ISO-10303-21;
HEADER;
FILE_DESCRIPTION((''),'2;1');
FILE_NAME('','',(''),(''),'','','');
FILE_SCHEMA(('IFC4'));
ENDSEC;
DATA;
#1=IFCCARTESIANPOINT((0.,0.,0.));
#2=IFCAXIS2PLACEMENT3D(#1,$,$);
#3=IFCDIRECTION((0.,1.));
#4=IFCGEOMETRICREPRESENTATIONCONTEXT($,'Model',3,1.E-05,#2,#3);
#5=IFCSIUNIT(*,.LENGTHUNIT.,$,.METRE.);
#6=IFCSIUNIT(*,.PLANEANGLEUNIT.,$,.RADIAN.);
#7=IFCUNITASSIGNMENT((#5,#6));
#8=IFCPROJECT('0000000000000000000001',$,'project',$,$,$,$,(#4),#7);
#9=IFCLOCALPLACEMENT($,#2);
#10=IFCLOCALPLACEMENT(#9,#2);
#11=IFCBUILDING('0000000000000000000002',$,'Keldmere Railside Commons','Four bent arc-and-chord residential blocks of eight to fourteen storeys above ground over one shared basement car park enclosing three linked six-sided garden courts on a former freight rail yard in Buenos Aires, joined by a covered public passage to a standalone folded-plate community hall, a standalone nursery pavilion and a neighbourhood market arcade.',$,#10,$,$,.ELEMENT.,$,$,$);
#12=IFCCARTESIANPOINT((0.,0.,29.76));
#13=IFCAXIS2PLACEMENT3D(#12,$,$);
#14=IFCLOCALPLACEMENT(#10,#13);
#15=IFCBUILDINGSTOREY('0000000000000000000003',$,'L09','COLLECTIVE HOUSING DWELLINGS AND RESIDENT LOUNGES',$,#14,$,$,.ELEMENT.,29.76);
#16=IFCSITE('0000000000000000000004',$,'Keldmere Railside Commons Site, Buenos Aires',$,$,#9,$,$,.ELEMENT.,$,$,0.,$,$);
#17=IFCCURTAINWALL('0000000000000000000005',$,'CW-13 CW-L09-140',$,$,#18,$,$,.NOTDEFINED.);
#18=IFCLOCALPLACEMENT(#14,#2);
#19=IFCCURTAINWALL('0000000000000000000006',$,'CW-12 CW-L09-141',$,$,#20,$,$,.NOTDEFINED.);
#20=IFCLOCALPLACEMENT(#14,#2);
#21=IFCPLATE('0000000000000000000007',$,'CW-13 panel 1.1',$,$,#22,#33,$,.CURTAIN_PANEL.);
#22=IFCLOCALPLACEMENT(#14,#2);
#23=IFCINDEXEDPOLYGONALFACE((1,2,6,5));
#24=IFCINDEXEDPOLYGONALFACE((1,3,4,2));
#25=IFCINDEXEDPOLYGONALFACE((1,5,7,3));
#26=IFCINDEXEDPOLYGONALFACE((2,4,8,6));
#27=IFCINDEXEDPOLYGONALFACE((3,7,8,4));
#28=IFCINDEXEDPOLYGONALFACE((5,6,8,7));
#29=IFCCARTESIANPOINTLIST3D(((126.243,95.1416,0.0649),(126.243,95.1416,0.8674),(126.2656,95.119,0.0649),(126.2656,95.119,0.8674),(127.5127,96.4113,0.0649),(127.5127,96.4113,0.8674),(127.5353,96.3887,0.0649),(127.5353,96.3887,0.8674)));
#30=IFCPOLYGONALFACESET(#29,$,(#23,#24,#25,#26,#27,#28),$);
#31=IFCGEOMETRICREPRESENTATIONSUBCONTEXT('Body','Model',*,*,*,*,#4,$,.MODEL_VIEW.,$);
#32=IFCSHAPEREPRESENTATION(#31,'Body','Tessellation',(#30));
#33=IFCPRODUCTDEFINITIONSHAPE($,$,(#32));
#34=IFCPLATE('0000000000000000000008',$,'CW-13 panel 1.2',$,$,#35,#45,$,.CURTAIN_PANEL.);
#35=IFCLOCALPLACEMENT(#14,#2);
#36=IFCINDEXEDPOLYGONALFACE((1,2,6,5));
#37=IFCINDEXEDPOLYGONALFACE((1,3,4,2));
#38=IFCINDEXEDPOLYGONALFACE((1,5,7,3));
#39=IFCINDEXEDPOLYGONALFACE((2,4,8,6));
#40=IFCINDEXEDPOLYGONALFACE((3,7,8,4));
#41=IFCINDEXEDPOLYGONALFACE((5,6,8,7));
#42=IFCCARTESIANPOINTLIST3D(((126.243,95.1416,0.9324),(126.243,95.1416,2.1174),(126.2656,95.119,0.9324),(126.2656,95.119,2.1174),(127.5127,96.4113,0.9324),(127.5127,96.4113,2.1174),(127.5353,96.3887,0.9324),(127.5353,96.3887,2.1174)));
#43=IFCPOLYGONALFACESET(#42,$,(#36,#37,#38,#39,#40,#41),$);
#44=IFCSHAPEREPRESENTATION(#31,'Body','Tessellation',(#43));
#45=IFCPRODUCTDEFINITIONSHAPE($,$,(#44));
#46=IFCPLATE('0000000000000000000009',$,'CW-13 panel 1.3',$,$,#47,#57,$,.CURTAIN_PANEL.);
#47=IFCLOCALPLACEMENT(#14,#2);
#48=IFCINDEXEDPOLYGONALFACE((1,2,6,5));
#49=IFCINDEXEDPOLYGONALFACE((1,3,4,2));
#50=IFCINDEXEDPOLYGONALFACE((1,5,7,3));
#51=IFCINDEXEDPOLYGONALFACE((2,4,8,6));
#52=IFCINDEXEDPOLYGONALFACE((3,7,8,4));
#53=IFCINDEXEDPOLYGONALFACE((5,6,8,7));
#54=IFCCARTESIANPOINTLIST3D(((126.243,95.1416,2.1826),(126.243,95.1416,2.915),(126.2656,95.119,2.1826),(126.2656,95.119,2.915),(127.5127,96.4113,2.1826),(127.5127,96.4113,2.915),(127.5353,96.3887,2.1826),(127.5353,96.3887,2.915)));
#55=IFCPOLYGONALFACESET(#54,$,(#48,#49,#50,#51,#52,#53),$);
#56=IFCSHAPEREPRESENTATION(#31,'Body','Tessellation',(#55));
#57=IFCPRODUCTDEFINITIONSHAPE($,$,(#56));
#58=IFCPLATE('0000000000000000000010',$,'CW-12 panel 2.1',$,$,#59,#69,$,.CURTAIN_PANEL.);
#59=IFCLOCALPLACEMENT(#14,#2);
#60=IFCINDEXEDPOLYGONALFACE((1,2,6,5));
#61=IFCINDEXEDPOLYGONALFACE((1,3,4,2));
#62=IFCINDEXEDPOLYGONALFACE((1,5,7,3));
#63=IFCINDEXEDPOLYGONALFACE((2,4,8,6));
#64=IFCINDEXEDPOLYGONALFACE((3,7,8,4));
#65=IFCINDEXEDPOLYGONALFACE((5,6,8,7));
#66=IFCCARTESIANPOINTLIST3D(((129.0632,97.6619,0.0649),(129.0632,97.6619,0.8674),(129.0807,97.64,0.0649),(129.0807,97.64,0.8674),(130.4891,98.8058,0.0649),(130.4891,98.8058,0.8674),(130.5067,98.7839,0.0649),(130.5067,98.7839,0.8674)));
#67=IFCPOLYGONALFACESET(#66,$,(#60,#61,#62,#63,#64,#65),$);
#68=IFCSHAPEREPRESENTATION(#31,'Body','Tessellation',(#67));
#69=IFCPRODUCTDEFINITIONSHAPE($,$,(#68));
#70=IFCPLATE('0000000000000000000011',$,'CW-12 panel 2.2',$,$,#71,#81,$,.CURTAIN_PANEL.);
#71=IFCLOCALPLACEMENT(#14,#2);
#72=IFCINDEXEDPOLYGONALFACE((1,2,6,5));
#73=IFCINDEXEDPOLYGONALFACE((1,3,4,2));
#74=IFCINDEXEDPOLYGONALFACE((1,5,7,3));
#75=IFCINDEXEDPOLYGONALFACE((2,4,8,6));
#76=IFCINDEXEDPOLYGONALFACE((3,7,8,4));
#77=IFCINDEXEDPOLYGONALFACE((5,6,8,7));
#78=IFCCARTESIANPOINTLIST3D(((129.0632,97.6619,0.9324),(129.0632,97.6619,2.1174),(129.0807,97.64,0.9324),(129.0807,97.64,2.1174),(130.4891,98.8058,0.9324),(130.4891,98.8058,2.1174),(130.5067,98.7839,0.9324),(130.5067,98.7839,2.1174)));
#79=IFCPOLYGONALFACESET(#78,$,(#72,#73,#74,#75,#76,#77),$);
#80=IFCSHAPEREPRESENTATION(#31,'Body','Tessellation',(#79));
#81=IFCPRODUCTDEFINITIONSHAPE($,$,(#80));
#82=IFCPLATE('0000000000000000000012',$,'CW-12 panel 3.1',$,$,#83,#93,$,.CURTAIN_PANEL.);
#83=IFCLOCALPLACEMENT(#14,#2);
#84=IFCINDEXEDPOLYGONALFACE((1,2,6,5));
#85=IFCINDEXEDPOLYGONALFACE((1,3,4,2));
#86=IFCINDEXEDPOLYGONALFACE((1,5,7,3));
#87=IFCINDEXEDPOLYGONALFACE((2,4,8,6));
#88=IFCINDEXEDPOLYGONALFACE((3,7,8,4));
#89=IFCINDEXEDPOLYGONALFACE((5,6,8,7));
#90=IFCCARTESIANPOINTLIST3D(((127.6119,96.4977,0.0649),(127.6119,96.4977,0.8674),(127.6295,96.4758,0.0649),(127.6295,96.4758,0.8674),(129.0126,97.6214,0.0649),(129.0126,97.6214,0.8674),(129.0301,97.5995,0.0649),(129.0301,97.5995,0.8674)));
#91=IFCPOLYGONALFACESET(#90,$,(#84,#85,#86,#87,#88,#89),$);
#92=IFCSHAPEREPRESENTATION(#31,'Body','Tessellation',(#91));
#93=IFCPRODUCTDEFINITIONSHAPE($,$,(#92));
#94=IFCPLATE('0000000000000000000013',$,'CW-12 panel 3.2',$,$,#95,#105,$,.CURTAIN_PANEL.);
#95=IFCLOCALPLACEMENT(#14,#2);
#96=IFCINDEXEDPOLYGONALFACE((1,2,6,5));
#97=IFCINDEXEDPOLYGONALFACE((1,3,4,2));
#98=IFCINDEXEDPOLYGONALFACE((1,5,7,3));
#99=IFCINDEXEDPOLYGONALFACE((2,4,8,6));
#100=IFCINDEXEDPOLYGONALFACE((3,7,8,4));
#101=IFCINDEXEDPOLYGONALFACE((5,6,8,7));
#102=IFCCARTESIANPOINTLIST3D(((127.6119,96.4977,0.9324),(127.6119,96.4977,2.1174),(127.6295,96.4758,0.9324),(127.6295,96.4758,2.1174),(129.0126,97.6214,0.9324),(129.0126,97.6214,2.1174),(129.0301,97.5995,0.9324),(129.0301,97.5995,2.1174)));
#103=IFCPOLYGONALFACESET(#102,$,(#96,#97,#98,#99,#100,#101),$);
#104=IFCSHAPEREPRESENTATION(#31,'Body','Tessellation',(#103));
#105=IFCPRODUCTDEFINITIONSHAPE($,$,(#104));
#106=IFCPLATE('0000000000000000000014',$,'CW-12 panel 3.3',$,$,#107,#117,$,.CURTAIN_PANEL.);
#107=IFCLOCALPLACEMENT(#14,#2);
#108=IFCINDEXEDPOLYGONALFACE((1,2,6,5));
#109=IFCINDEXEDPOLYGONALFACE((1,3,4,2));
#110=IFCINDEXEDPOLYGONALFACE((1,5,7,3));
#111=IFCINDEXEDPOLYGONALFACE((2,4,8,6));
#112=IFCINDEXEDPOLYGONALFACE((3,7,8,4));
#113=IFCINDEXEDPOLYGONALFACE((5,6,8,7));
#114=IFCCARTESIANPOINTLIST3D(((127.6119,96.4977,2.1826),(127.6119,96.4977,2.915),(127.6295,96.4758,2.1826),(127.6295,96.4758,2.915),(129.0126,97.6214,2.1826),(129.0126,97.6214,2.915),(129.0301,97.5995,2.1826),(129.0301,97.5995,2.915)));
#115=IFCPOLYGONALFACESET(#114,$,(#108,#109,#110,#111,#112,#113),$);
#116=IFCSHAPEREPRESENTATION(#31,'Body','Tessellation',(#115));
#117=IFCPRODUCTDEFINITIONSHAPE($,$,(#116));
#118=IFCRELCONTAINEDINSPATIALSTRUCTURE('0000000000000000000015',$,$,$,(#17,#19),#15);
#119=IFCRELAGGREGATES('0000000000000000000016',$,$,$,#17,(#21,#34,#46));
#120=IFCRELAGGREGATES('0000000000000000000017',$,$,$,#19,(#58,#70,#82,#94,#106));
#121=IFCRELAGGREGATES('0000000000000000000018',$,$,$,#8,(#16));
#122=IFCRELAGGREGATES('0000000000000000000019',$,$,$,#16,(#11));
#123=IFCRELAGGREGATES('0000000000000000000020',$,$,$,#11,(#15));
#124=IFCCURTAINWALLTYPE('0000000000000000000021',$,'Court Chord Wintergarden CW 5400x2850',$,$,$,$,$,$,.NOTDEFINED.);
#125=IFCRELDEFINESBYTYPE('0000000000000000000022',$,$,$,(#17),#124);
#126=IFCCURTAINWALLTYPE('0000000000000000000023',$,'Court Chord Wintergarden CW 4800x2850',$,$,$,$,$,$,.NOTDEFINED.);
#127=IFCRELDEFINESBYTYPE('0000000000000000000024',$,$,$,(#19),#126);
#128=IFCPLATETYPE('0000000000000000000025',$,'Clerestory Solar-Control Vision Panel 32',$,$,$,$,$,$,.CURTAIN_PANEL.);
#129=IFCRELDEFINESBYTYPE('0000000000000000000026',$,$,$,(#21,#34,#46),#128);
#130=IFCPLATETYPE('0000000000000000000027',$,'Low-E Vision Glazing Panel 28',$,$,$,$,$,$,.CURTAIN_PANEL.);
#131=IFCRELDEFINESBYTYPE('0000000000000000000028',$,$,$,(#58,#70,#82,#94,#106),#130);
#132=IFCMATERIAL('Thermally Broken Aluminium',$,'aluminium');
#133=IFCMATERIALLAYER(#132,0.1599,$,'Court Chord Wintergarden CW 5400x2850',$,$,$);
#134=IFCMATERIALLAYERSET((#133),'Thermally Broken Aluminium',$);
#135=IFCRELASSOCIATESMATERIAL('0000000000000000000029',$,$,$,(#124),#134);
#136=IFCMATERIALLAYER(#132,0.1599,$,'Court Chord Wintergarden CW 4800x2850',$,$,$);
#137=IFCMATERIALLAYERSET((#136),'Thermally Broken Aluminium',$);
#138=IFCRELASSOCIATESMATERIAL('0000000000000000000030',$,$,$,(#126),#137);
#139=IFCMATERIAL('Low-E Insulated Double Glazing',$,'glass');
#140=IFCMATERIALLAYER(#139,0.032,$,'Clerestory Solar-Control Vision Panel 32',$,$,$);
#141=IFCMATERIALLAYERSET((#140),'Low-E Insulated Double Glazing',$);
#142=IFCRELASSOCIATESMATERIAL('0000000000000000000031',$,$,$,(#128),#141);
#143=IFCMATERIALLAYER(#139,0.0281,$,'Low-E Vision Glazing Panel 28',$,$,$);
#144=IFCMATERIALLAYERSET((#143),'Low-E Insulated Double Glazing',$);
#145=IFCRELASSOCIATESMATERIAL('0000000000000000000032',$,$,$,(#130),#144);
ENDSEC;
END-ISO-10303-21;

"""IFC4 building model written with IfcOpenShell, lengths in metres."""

from ifc_helpers import new_model, si_unit, direction, frame, origin, origin_2d, place, context, subcontext, project, spatial, rectangle, extrude, material, layer, layer_set, type_object, element, aggregate, save


model = new_model("IFC4")

# Units and contexts
model_context = context("Model", 3, precision=1e-05, world=origin(), true_north=direction((0.0, 1.0)))
body_context = subcontext(model_context, "Body", "Model", "MODEL_VIEW")
ifc_project = project(units=[si_unit("LENGTHUNIT", "METRE"), si_unit("PLANEANGLEUNIT", "RADIAN")], contexts=[model_context])

# Site, building, storey
site_placement = place(None, origin())
site = spatial("IfcSite", under=ifc_project, at=site_placement, Name="Keldmere Railside Commons Site, Buenos Aires", CompositionType="ELEMENT", RefElevation=0.0)
building_placement = place(site_placement, origin())
building = spatial("IfcBuilding", under=site, at=building_placement, Name="Keldmere Railside Commons", Description="Four bent arc-and-chord residential blocks of eight to fourteen storeys above ground over one shared basement car park enclosing three linked six-sided garden courts on a former freight rail yard in Buenos Aires, joined by a covered public passage to a standalone folded-plate community hall, a standalone nursery pavilion and a neighbourhood market arcade.", CompositionType="ELEMENT")
storey_placement = place(building_placement, frame((0.0, 0.0, 29.76)))
storey = spatial("IfcBuildingStorey", under=building, at=storey_placement, Name="L09", Description="COLLECTIVE HOUSING DWELLINGS AND RESIDENT LOUNGES", CompositionType="ELEMENT", Elevation=29.76)

# Curtain wall
ifc_material_1 = material(Name="Thermally Broken Aluminium", Category="aluminium")
ifc_layer_1 = layer(ifc_material_1, 0.1599, Name="Court Chord Wintergarden CW 5400x2850")
ifc_layer_set_1 = layer_set([ifc_layer_1], Name="Thermally Broken Aluminium")
curtain_wall_type_1 = type_object("IfcCurtainWallType", Name="Court Chord Wintergarden CW 5400x2850", PredefinedType="NOTDEFINED", material=ifc_layer_set_1)
curtain_wall_1_placement = place(storey_placement, origin())
curtain_wall_1 = element("IfcCurtainWall", 1, at=curtain_wall_1_placement, inside=storey, type_object=curtain_wall_type_1, Name="CW-13 CW-L09-140", PredefinedType="NOTDEFINED")

# Curtain wall
ifc_layer_2 = layer(ifc_material_1, 0.1599, Name="Court Chord Wintergarden CW 4800x2850")
ifc_layer_set_2 = layer_set([ifc_layer_2], Name="Thermally Broken Aluminium")
curtain_wall_type_2 = type_object("IfcCurtainWallType", Name="Court Chord Wintergarden CW 4800x2850", PredefinedType="NOTDEFINED", material=ifc_layer_set_2)
curtain_wall_2_placement = place(storey_placement, origin())
curtain_wall_2 = element("IfcCurtainWall", 2, at=curtain_wall_2_placement, inside=storey, type_object=curtain_wall_type_2, Name="CW-12 CW-L09-141", PredefinedType="NOTDEFINED")

# Plates
ifc_material_2 = material(Name="Low-E Insulated Double Glazing", Category="glass")
ifc_layer_3 = layer(ifc_material_2, 0.032, Name="Clerestory Solar-Control Vision Panel 32")
ifc_layer_set_3 = layer_set([ifc_layer_3], Name="Low-E Insulated Double Glazing")
plate_type_1 = type_object("IfcPlateType", Name="Clerestory Solar-Control Vision Panel 32", PredefinedType="CURTAIN_PANEL", material=ifc_layer_set_3)
plate_1_placement = place(storey_placement, frame((126.8892, 95.7651, 0.0649), z_axis=(0.0, 0.0, 1.0), x_axis=(-0.707107, -0.707107, 0.0)))
plate_1 = element("IfcPlate", 3, at=plate_1_placement, type_object=plate_type_1, Name="CW-13 panel 1.1", PredefinedType="CURTAIN_PANEL", context=body_context, shape_type="SweptSolid", body=[
    extrude(rectangle(XDim=1.7957, YDim=0.032, at=origin_2d()), origin(), (0.0, 0.0, 1.0), 0.8025),
])
plate_2_placement = place(storey_placement, frame((126.8892, 95.7651, 0.9324), z_axis=(0.0, 0.0, 1.0), x_axis=(-0.707107, -0.707107, 0.0)))
plate_2 = element("IfcPlate", 4, at=plate_2_placement, type_object=plate_type_1, Name="CW-13 panel 1.2", PredefinedType="CURTAIN_PANEL", context=body_context, shape_type="SweptSolid", body=[
    extrude(rectangle(XDim=1.7957, YDim=0.032, at=origin_2d()), origin(), (0.0, 0.0, 1.0), 1.1851),
])
plate_3_placement = place(storey_placement, frame((126.8892, 95.7651, 2.1826), z_axis=(0.0, 0.0, 1.0), x_axis=(-0.707107, -0.707107, 0.0)))
plate_3 = element("IfcPlate", 5, at=plate_3_placement, type_object=plate_type_1, Name="CW-13 panel 1.3", PredefinedType="CURTAIN_PANEL", context=body_context, shape_type="SweptSolid", body=[
    extrude(rectangle(XDim=1.7957, YDim=0.032, at=origin_2d()), origin(), (0.0, 0.0, 1.0), 0.7324),
])
aggregate(curtain_wall_1, [plate_1, plate_2, plate_3])
ifc_layer_4 = layer(ifc_material_2, 0.0281, Name="Low-E Vision Glazing Panel 28")
ifc_layer_set_4 = layer_set([ifc_layer_4], Name="Low-E Insulated Double Glazing")
plate_type_2 = type_object("IfcPlateType", Name="Low-E Vision Glazing Panel 28", PredefinedType="CURTAIN_PANEL", material=ifc_layer_set_4)
plate_4_placement = place(storey_placement, frame((129.7849, 98.2229, 0.0649), z_axis=(0.0, 0.0, 1.0), x_axis=(-0.780009, -0.625768, 0.0)))
plate_4 = element("IfcPlate", 6, at=plate_4_placement, type_object=plate_type_2, Name="CW-12 panel 2.1", PredefinedType="CURTAIN_PANEL", context=body_context, shape_type="SweptSolid", body=[
    extrude(rectangle(XDim=1.8281, YDim=0.0281, at=origin_2d()), origin(), (0.0, 0.0, 1.0), 0.8025),
])
plate_5_placement = place(storey_placement, frame((129.7849, 98.2229, 0.9324), z_axis=(0.0, 0.0, 1.0), x_axis=(-0.780009, -0.625768, 0.0)))
plate_5 = element("IfcPlate", 7, at=plate_5_placement, type_object=plate_type_2, Name="CW-12 panel 2.2", PredefinedType="CURTAIN_PANEL", context=body_context, shape_type="SweptSolid", body=[
    extrude(rectangle(XDim=1.8281, YDim=0.0281, at=origin_2d()), origin(), (0.0, 0.0, 1.0), 1.1851),
])
plate_6_placement = place(storey_placement, frame((128.321, 97.0486, 0.0649), z_axis=(0.0, 0.0, 1.0), x_axis=(-0.780009, -0.625768, 0.0)))
plate_6 = element("IfcPlate", 8, at=plate_6_placement, type_object=plate_type_2, Name="CW-12 panel 3.1", PredefinedType="CURTAIN_PANEL", context=body_context, shape_type="SweptSolid", body=[
    extrude(rectangle(XDim=1.7957, YDim=0.0281, at=origin_2d()), origin(), (0.0, 0.0, 1.0), 0.8025),
])
plate_7_placement = place(storey_placement, frame((128.321, 97.0486, 0.9324), z_axis=(0.0, 0.0, 1.0), x_axis=(-0.780009, -0.625768, 0.0)))
plate_7 = element("IfcPlate", 9, at=plate_7_placement, type_object=plate_type_2, Name="CW-12 panel 3.2", PredefinedType="CURTAIN_PANEL", context=body_context, shape_type="SweptSolid", body=[
    extrude(rectangle(XDim=1.7957, YDim=0.0281, at=origin_2d()), origin(), (0.0, 0.0, 1.0), 1.1851),
])
plate_8_placement = place(storey_placement, frame((128.321, 97.0486, 2.1826), z_axis=(0.0, 0.0, 1.0), x_axis=(-0.780009, -0.625768, 0.0)))
plate_8 = element("IfcPlate", 10, at=plate_8_placement, type_object=plate_type_2, Name="CW-12 panel 3.3", PredefinedType="CURTAIN_PANEL", context=body_context, shape_type="SweptSolid", body=[
    extrude(rectangle(XDim=1.7957, YDim=0.0281, at=origin_2d()), origin(), (0.0, 0.0, 1.0), 0.7324),
])
aggregate(curtain_wall_2, [plate_4, plate_5, plate_6, plate_7, plate_8])

save(model, "model.ifc")
